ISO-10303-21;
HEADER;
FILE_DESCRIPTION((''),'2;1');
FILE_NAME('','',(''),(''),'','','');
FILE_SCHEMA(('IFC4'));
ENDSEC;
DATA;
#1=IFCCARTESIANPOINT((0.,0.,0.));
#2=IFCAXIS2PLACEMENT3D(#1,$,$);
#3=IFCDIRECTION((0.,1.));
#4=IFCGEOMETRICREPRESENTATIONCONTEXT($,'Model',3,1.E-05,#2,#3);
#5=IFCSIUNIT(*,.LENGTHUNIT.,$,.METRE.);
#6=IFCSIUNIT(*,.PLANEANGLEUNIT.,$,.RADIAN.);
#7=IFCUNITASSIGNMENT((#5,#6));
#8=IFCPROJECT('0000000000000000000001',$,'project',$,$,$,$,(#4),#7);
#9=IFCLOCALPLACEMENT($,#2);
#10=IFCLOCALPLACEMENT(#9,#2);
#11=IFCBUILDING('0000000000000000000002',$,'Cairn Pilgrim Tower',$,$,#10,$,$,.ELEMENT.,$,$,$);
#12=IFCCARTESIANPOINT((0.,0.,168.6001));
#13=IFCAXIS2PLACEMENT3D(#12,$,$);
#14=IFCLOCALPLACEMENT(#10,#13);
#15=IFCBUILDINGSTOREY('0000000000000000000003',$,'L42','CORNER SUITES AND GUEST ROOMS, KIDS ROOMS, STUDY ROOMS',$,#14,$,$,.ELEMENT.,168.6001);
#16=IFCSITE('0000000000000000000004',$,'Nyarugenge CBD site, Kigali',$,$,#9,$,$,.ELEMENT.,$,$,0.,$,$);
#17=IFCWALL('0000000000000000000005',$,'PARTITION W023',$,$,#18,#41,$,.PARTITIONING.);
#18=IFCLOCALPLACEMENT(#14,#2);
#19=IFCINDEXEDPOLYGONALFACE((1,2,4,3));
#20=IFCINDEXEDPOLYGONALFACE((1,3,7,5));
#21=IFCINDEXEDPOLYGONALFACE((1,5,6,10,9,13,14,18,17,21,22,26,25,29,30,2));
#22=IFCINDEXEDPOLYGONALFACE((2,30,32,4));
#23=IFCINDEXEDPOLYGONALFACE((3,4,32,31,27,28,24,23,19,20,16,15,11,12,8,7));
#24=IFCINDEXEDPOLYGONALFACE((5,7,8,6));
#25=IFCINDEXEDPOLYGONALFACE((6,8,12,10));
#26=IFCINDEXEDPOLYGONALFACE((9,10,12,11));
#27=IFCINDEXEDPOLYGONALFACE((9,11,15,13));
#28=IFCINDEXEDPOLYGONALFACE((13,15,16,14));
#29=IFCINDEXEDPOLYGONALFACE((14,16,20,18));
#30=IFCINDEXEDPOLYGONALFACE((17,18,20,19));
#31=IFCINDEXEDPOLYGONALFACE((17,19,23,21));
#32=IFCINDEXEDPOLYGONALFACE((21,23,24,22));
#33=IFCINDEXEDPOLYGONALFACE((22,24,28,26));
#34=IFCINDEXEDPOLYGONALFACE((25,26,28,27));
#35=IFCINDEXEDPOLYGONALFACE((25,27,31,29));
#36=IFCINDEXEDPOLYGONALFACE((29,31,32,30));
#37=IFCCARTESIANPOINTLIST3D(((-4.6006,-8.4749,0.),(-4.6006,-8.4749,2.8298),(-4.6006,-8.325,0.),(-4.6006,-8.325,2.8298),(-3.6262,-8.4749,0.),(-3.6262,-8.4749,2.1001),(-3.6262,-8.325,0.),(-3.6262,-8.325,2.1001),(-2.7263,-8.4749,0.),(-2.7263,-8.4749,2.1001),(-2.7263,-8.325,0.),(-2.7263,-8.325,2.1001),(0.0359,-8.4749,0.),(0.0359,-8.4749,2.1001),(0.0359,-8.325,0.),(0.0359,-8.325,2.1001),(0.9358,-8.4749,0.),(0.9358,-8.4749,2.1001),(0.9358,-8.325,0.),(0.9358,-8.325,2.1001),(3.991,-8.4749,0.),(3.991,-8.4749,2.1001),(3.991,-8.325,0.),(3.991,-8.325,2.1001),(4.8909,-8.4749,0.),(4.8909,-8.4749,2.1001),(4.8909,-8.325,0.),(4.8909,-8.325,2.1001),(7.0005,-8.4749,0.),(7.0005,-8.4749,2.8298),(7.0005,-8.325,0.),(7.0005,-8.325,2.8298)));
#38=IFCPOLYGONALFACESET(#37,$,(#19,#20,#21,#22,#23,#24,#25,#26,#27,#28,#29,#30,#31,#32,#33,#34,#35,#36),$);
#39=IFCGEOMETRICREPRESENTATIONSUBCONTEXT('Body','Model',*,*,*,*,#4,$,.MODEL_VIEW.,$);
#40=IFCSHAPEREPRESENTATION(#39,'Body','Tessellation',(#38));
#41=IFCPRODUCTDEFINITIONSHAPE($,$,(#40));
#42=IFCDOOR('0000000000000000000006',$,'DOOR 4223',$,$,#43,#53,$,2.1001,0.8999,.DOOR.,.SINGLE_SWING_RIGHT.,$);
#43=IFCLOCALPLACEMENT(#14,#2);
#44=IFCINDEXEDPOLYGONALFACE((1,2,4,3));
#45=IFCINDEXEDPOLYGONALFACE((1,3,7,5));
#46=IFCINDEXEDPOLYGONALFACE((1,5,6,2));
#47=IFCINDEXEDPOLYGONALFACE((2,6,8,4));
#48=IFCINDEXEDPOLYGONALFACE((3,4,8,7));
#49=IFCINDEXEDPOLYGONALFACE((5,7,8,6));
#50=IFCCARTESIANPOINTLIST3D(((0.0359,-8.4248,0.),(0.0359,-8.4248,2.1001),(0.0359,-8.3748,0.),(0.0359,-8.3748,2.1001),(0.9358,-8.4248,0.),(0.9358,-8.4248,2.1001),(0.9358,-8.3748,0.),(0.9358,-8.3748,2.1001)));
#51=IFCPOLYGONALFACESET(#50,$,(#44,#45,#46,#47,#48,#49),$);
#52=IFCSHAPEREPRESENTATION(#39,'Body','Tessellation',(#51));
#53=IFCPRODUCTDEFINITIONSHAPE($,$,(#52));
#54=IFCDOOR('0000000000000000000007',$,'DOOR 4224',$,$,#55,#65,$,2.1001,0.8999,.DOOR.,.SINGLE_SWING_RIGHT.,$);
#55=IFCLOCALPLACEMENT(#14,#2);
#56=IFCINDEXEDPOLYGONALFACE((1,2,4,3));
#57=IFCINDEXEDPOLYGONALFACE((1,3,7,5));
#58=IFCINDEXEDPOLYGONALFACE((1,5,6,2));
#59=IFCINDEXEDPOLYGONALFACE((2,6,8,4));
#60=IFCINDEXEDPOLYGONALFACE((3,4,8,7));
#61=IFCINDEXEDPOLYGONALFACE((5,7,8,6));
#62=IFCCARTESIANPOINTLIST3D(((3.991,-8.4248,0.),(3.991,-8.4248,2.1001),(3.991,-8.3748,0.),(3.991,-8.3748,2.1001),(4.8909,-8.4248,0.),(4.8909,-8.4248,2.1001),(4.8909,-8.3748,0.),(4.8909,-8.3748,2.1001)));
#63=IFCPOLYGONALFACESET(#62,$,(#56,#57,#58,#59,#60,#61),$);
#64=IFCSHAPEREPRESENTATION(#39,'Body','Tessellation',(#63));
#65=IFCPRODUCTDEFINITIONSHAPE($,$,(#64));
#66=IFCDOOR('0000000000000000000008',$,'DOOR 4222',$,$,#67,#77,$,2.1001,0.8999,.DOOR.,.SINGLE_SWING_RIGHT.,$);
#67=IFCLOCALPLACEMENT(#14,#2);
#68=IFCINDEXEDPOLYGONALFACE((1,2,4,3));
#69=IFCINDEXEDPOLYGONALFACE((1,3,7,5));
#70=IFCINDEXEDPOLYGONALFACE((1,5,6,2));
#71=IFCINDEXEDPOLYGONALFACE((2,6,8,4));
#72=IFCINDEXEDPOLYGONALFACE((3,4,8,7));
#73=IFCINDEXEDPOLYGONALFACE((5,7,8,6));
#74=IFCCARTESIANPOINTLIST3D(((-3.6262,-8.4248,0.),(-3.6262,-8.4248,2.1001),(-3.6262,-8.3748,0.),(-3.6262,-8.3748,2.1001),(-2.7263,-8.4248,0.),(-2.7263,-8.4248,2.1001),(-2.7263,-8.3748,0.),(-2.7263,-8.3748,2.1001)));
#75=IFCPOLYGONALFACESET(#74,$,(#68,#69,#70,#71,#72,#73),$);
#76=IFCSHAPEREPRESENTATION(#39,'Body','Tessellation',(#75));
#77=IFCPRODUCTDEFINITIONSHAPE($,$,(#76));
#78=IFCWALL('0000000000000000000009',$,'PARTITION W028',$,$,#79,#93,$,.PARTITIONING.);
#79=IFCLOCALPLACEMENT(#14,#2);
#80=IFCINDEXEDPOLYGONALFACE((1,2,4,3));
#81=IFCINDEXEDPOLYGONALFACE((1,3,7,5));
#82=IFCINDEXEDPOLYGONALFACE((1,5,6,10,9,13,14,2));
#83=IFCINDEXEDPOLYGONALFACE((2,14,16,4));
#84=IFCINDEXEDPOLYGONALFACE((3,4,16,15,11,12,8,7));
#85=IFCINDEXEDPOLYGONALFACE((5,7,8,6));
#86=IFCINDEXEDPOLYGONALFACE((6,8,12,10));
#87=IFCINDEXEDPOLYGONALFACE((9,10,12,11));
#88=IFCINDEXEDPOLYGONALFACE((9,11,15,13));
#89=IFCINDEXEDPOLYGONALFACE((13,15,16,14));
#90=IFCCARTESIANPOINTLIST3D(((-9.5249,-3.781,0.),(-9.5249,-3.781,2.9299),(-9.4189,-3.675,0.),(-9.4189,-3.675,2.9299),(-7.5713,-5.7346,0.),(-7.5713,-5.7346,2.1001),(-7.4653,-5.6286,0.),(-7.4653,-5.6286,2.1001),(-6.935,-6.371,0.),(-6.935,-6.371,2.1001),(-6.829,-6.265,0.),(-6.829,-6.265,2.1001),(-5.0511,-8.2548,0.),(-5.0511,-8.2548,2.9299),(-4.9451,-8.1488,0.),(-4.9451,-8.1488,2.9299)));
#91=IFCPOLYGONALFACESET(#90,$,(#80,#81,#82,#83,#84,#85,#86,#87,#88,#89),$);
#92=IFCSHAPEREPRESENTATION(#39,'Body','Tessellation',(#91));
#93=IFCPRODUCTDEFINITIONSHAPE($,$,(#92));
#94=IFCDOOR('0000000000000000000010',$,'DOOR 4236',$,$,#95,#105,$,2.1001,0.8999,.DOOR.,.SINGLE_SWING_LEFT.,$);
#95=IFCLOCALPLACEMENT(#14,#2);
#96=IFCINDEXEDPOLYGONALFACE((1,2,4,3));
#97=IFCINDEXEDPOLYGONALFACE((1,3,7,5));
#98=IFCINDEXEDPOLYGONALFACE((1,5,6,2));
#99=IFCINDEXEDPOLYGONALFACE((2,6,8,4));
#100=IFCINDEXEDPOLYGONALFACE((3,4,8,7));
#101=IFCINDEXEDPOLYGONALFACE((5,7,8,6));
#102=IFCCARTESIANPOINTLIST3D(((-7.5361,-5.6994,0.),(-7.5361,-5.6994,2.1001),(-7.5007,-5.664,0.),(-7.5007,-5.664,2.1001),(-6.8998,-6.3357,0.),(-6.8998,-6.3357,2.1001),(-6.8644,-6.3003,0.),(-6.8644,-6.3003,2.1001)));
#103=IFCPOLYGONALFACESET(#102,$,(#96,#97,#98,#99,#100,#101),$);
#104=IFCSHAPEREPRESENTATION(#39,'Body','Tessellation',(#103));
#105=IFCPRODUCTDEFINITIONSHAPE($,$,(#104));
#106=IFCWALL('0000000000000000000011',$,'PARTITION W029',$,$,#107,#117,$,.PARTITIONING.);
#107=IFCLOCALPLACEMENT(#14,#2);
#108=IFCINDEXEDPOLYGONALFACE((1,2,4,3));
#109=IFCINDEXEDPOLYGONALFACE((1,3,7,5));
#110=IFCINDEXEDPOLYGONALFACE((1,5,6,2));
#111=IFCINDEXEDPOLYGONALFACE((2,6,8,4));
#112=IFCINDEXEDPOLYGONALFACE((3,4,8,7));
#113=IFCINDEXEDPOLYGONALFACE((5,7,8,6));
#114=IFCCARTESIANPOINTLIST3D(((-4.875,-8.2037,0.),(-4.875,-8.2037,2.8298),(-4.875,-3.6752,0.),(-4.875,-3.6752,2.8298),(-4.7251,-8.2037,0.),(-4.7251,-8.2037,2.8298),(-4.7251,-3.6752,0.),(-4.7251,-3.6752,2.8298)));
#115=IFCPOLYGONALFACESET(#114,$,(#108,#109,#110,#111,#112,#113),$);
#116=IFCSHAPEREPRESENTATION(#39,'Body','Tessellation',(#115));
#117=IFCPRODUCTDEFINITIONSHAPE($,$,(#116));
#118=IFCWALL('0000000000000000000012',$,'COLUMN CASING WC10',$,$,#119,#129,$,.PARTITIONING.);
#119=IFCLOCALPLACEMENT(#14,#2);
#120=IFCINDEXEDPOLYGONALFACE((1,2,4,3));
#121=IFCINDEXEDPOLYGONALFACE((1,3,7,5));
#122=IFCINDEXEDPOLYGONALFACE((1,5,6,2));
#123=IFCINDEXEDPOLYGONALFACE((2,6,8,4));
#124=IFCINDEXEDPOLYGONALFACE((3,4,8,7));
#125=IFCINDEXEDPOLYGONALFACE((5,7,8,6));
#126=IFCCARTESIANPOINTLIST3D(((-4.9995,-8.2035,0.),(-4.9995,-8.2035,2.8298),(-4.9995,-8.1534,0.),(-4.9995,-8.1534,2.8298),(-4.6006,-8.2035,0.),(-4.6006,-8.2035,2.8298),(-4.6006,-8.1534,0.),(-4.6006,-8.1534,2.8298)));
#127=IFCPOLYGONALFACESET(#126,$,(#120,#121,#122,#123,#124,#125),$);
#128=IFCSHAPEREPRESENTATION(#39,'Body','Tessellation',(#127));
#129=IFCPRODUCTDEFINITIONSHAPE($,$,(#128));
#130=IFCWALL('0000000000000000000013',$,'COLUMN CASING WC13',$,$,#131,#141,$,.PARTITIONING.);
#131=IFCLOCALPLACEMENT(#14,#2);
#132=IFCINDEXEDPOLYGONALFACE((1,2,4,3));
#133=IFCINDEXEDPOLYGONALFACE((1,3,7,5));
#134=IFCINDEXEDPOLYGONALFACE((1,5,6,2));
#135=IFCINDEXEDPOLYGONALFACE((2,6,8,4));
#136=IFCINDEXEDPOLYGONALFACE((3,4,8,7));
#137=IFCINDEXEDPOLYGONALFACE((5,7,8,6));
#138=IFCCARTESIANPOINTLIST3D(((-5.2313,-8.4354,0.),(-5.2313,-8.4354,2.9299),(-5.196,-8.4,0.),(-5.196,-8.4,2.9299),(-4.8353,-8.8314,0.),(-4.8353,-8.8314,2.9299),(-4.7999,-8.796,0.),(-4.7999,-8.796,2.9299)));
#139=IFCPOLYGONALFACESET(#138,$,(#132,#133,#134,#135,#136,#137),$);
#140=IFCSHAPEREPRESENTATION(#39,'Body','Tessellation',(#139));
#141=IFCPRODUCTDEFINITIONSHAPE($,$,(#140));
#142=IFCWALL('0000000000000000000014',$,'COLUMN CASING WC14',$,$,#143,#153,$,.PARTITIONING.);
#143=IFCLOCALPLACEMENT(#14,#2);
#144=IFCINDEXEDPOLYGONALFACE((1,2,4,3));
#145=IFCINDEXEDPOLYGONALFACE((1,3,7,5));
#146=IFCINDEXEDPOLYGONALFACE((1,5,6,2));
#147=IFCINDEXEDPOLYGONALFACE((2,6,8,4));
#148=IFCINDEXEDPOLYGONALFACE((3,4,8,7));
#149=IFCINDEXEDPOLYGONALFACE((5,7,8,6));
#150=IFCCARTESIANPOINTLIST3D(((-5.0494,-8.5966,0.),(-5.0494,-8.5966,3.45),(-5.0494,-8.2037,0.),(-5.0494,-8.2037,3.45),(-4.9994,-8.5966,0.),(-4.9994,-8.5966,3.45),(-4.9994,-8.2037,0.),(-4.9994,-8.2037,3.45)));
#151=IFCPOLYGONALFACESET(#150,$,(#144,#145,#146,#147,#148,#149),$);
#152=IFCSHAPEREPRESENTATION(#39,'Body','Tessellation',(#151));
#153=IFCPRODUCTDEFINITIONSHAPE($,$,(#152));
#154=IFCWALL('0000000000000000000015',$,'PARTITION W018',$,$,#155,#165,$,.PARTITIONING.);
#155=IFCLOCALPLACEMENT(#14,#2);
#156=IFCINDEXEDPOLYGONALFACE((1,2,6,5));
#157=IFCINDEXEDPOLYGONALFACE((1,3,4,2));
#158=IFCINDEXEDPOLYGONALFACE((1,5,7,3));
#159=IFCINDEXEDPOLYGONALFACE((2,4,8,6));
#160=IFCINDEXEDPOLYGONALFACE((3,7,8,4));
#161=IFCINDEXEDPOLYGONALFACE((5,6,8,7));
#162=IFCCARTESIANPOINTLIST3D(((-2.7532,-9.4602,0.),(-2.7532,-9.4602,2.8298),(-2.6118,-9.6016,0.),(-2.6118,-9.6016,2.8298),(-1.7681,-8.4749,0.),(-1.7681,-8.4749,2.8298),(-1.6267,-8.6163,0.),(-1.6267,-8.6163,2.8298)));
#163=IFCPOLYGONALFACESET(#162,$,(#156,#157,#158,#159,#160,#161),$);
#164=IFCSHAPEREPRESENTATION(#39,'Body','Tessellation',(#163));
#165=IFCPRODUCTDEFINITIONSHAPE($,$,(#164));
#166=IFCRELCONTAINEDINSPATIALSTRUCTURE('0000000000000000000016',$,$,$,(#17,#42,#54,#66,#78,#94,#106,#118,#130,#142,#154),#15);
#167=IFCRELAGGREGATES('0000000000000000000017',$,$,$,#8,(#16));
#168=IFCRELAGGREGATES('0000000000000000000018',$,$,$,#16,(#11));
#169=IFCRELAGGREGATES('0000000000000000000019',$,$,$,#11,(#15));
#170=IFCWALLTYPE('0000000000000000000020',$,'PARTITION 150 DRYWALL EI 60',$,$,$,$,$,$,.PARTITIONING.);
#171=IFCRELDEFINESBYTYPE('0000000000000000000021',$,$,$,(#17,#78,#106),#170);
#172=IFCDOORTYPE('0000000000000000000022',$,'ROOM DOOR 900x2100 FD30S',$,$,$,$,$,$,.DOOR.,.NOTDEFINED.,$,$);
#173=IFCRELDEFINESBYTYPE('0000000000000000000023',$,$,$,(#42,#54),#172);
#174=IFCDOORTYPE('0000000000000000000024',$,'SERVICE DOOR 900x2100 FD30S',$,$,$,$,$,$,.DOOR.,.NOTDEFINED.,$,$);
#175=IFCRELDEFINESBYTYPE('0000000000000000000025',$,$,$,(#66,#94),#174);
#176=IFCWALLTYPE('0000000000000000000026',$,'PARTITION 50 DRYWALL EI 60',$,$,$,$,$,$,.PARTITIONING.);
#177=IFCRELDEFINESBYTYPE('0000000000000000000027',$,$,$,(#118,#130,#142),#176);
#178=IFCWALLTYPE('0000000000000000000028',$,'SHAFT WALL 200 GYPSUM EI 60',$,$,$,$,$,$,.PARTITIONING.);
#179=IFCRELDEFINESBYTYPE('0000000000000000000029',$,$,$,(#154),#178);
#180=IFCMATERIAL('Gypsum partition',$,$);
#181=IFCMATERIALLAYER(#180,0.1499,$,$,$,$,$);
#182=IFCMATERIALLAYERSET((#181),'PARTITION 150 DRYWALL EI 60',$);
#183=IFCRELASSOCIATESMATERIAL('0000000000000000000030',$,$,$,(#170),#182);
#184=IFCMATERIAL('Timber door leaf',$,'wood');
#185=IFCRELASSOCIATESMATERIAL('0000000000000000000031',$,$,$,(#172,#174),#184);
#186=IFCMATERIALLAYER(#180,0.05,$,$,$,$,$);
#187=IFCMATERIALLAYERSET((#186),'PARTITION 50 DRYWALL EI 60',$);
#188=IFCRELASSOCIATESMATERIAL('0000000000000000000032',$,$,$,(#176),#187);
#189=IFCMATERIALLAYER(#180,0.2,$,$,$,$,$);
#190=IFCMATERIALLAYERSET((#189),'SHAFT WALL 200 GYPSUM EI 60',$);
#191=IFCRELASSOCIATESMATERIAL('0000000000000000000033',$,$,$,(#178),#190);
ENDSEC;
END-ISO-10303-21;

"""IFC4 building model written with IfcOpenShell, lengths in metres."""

from ifc_helpers import new_model, si_unit, direction, frame, frame_2d, origin, place, context, subcontext, project, spatial, rectangle, extrude, material, layer, layer_set, type_object, element, fill, save


model = new_model("IFC4")

# Units and contexts
model_context = context("Model", 3, precision=1e-05, world=origin(), true_north=direction((0.0, 1.0)))
body_context = subcontext(model_context, "Body", "Model", "MODEL_VIEW")
ifc_project = project(units=[si_unit("LENGTHUNIT", "METRE"), si_unit("PLANEANGLEUNIT", "RADIAN")], contexts=[model_context])

# Site, building, storey
site_placement = place(None, origin())
site = spatial("IfcSite", under=ifc_project, at=site_placement, Name="Nyarugenge CBD site, Kigali", CompositionType="ELEMENT", RefElevation=0.0)
building_placement = place(site_placement, origin())
building = spatial("IfcBuilding", under=site, at=building_placement, Name="Cairn Pilgrim Tower", CompositionType="ELEMENT")
storey_placement = place(building_placement, frame((0.0, 0.0, 168.6001)))
storey = spatial("IfcBuildingStorey", under=building, at=storey_placement, Name="L42", Description="CORNER SUITES AND GUEST ROOMS, KIDS ROOMS, STUDY ROOMS", CompositionType="ELEMENT", Elevation=168.6001)

# Wall, openings, doors
ifc_material_1 = material(Name="Gypsum partition")
ifc_layer_1 = layer(ifc_material_1, 0.1499)
ifc_layer_set_1 = layer_set([ifc_layer_1], Name="PARTITION 150 DRYWALL EI 60")
wall_type_1 = type_object("IfcWallType", Name="PARTITION 150 DRYWALL EI 60", PredefinedType="PARTITIONING", material=ifc_layer_set_1)
wall_1_placement = place(storey_placement, frame((-4.6006, -8.3999, 0.0), z_axis=(0.0, 0.0, 1.0), x_axis=(1.0, 0.0, 0.0)))
wall_1 = element("IfcWall", 1, at=wall_1_placement, inside=storey, type_object=wall_type_1, Name="PARTITION W023", PredefinedType="PARTITIONING", context=body_context, shape_type="SweptSolid", body=[
    extrude(rectangle(XDim=11.6011, YDim=0.1499, at=frame_2d((5.8005, 0.0))), origin(), (0.0, 0.0, 1.0), 2.8298),
])
opening_1_placement = place(wall_1_placement, frame((0.9744, 0.0, 0.0)))
opening_1 = element("IfcOpeningElement", 2, at=opening_1_placement, cuts=wall_1, PredefinedType="OPENING", context=body_context, shape_type="SweptSolid", body=[
    extrude(rectangle(XDim=0.8999, YDim=2.1001, at=frame_2d((0.45, 1.05))), frame((0.0, 0.085, 0.0), z_axis=(0.0, -1.0, 0.0), x_axis=(1.0, 0.0, 0.0)), (0.0, 0.0, 1.0), 0.1699),
])
opening_2_placement = place(wall_1_placement, frame((4.6365, 0.0, 0.0)))
opening_2 = element("IfcOpeningElement", 3, at=opening_2_placement, cuts=wall_1, PredefinedType="OPENING", context=body_context, shape_type="SweptSolid", body=[
    extrude(rectangle(XDim=0.8999, YDim=2.1001, at=frame_2d((0.45, 1.05))), frame((0.0, 0.085, 0.0), z_axis=(0.0, -1.0, 0.0), x_axis=(1.0, 0.0, 0.0)), (0.0, 0.0, 1.0), 0.1699),
])
opening_3_placement = place(wall_1_placement, frame((8.5916, 0.0, 0.0)))
opening_3 = element("IfcOpeningElement", 4, at=opening_3_placement, cuts=wall_1, PredefinedType="OPENING", context=body_context, shape_type="SweptSolid", body=[
    extrude(rectangle(XDim=0.8999, YDim=2.1001, at=frame_2d((0.45, 1.05))), frame((0.0, 0.085, 0.0), z_axis=(0.0, -1.0, 0.0), x_axis=(1.0, 0.0, 0.0)), (0.0, 0.0, 1.0), 0.1699),
])
ifc_material_2 = material(Name="Timber door leaf", Category="wood")
door_type_1 = type_object("IfcDoorType", Name="ROOM DOOR 900x2100 FD30S", OperationType="NOTDEFINED", PredefinedType="DOOR", material=ifc_material_2)
door_1_placement = place(opening_2_placement, frame((0.8999, 0.0, 0.0), z_axis=(0.0, 0.0, 1.0), x_axis=(-1.0, 0.0, 0.0)))
door_1 = element("IfcDoor", 5, at=door_1_placement, inside=storey, type_object=door_type_1, Name="DOOR 4223", OperationType="SINGLE_SWING_RIGHT", OverallHeight=2.1001, OverallWidth=0.8999, PredefinedType="DOOR", context=body_context, shape_type="SweptSolid", body=[
    extrude(rectangle(XDim=0.8999, YDim=2.1001, at=frame_2d((0.45, 1.05))), frame((0.0, 0.0249, 0.0), z_axis=(0.0, -1.0, 0.0), x_axis=(1.0, 0.0, 0.0)), (0.0, 0.0, 1.0), 0.05),
])
fill(opening_2, door_1)
door_2_placement = place(opening_3_placement, frame((0.8999, 0.0, 0.0), z_axis=(0.0, 0.0, 1.0), x_axis=(-1.0, 0.0, 0.0)))
door_2 = element("IfcDoor", 6, at=door_2_placement, inside=storey, type_object=door_type_1, Name="DOOR 4224", OperationType="SINGLE_SWING_RIGHT", OverallHeight=2.1001, OverallWidth=0.8999, PredefinedType="DOOR", context=body_context, shape_type="SweptSolid", body=[
    extrude(rectangle(XDim=0.8999, YDim=2.1001, at=frame_2d((0.45, 1.05))), frame((0.0, 0.0249, 0.0), z_axis=(0.0, -1.0, 0.0), x_axis=(1.0, 0.0, 0.0)), (0.0, 0.0, 1.0), 0.05),
])
fill(opening_3, door_2)
door_type_2 = type_object("IfcDoorType", Name="SERVICE DOOR 900x2100 FD30S", OperationType="NOTDEFINED", PredefinedType="DOOR", material=ifc_material_2)
door_3_placement = place(opening_1_placement, frame((0.8999, 0.0, 0.0), z_axis=(0.0, 0.0, 1.0), x_axis=(-1.0, 0.0, 0.0)))
door_3 = element("IfcDoor", 7, at=door_3_placement, inside=storey, type_object=door_type_2, Name="DOOR 4222", OperationType="SINGLE_SWING_RIGHT", OverallHeight=2.1001, OverallWidth=0.8999, PredefinedType="DOOR", context=body_context, shape_type="SweptSolid", body=[
    extrude(rectangle(XDim=0.8999, YDim=2.1001, at=frame_2d((0.45, 1.05))), frame((0.0, 0.0249, 0.0), z_axis=(0.0, -1.0, 0.0), x_axis=(1.0, 0.0, 0.0)), (0.0, 0.0, 1.0), 0.05),
])
fill(opening_1, door_3)

# Wall, opening, door
wall_2_placement = place(storey_placement, frame((-4.998, -8.2019, 0.0), z_axis=(0.0, 0.0, 1.0), x_axis=(-0.707107, 0.707107, 0.0)))
wall_2 = element("IfcWall", 8, at=wall_2_placement, inside=storey, type_object=wall_type_1, Name="PARTITION W028", PredefinedType="PARTITIONING", context=body_context, shape_type="SweptSolid", body=[
    extrude(rectangle(XDim=6.3269, YDim=0.1499, at=frame_2d((3.1636, 0.0))), origin(), (0.0, 0.0, 1.0), 2.9299),
])
opening_4_placement = place(wall_2_placement, frame((2.6643, 0.0, 0.0)))
opening_4 = element("IfcOpeningElement", 9, at=opening_4_placement, cuts=wall_2, PredefinedType="OPENING", context=body_context, shape_type="SweptSolid", body=[
    extrude(rectangle(XDim=0.8999, YDim=2.1001, at=frame_2d((0.45, 1.05))), frame((0.0, 0.085, 0.0), z_axis=(0.0, -1.0, 0.0), x_axis=(1.0, 0.0, 0.0)), (0.0, 0.0, 1.0), 0.1699),
])
door_4_placement = place(opening_4_placement, frame((0.8999, 0.0, 0.0), z_axis=(0.0, 0.0, 1.0), x_axis=(-1.0, 0.0, 0.0)))
door_4 = element("IfcDoor", 10, at=door_4_placement, inside=storey, type_object=door_type_2, Name="DOOR 4236", OperationType="SINGLE_SWING_LEFT", OverallHeight=2.1001, OverallWidth=0.8999, PredefinedType="DOOR", context=body_context, shape_type="SweptSolid", body=[
    extrude(rectangle(XDim=0.8999, YDim=2.1001, at=frame_2d((0.45, 1.05))), frame((0.0, 0.0249, 0.0), z_axis=(0.0, -1.0, 0.0), x_axis=(1.0, 0.0, 0.0)), (0.0, 0.0, 1.0), 0.05),
])
fill(opening_4, door_4)

# Walls
wall_3_placement = place(storey_placement, frame((-4.8, -8.2036, 0.0), z_axis=(0.0, 0.0, 1.0), x_axis=(0.0, 1.0, 0.0)))
element("IfcWall", 11, at=wall_3_placement, inside=storey, type_object=wall_type_1, Name="PARTITION W029", PredefinedType="PARTITIONING", context=body_context, shape_type="SweptSolid", body=[
    extrude(rectangle(XDim=4.5286, YDim=0.1499, at=frame_2d((2.2642, 0.0))), origin(), (0.0, 0.0, 1.0), 2.8298),
])
ifc_layer_2 = layer(ifc_material_1, 0.05)
ifc_layer_set_2 = layer_set([ifc_layer_2], Name="PARTITION 50 DRYWALL EI 60")
wall_type_2 = type_object("IfcWallType", Name="PARTITION 50 DRYWALL EI 60", PredefinedType="PARTITIONING", material=ifc_layer_set_2)
wall_4_placement = place(storey_placement, frame((-4.9995, -8.1785, 0.0), z_axis=(0.0, 0.0, 1.0), x_axis=(1.0, 0.0, 0.0)))
element("IfcWall", 12, at=wall_4_placement, inside=storey, type_object=wall_type_2, Name="COLUMN CASING WC10", PredefinedType="PARTITIONING", context=body_context, shape_type="SweptSolid", body=[
    extrude(rectangle(XDim=0.3989, YDim=0.05, at=frame_2d((0.1995, 0.0))), origin(), (0.0, 0.0, 1.0), 2.8298),
])
wall_5_placement = place(storey_placement, frame((-4.8176, -8.8137, 0.0), z_axis=(0.0, 0.0, 1.0), x_axis=(-0.707107, 0.707107, 0.0)))
element("IfcWall", 13, at=wall_5_placement, inside=storey, type_object=wall_type_2, Name="COLUMN CASING WC13", PredefinedType="PARTITIONING", context=body_context, shape_type="SweptSolid", body=[
    extrude(rectangle(XDim=0.5601, YDim=0.05, at=frame_2d((0.28, 0.0))), origin(), (0.0, 0.0, 1.0), 2.9299),
])
wall_6_placement = place(storey_placement, frame((-5.0244, -8.5964, 0.0), z_axis=(0.0, 0.0, 1.0), x_axis=(0.0, 1.0, 0.0)))
element("IfcWall", 14, at=wall_6_placement, inside=storey, type_object=wall_type_2, Name="COLUMN CASING WC14", PredefinedType="PARTITIONING", context=body_context, shape_type="SweptSolid", body=[
    extrude(rectangle(XDim=0.3928, YDim=0.05, at=frame_2d((0.1963, 0.0))), origin(), (0.0, 0.0, 1.0), 3.45),
])
ifc_layer_3 = layer(ifc_material_1, 0.2)
ifc_layer_set_3 = layer_set([ifc_layer_3], Name="SHAFT WALL 200 GYPSUM EI 60")
wall_type_3 = type_object("IfcWallType", Name="SHAFT WALL 200 GYPSUM EI 60", PredefinedType="PARTITIONING", material=ifc_layer_set_3)
wall_7_placement = place(storey_placement, frame((-2.6826, -9.531, 0.0), z_axis=(0.0, 0.0, 1.0), x_axis=(0.707019, 0.707194, 0.0)))
element("IfcWall", 15, at=wall_7_placement, inside=storey, type_object=wall_type_3, Name="PARTITION W018", PredefinedType="PARTITIONING", context=body_context, shape_type="SweptSolid", body=[
    extrude(rectangle(XDim=1.3933, YDim=0.2, at=frame_2d((0.6968, 0.0))), origin(), (0.0, 0.0, 1.0), 2.8298),
])

save(model, "model.ifc")
